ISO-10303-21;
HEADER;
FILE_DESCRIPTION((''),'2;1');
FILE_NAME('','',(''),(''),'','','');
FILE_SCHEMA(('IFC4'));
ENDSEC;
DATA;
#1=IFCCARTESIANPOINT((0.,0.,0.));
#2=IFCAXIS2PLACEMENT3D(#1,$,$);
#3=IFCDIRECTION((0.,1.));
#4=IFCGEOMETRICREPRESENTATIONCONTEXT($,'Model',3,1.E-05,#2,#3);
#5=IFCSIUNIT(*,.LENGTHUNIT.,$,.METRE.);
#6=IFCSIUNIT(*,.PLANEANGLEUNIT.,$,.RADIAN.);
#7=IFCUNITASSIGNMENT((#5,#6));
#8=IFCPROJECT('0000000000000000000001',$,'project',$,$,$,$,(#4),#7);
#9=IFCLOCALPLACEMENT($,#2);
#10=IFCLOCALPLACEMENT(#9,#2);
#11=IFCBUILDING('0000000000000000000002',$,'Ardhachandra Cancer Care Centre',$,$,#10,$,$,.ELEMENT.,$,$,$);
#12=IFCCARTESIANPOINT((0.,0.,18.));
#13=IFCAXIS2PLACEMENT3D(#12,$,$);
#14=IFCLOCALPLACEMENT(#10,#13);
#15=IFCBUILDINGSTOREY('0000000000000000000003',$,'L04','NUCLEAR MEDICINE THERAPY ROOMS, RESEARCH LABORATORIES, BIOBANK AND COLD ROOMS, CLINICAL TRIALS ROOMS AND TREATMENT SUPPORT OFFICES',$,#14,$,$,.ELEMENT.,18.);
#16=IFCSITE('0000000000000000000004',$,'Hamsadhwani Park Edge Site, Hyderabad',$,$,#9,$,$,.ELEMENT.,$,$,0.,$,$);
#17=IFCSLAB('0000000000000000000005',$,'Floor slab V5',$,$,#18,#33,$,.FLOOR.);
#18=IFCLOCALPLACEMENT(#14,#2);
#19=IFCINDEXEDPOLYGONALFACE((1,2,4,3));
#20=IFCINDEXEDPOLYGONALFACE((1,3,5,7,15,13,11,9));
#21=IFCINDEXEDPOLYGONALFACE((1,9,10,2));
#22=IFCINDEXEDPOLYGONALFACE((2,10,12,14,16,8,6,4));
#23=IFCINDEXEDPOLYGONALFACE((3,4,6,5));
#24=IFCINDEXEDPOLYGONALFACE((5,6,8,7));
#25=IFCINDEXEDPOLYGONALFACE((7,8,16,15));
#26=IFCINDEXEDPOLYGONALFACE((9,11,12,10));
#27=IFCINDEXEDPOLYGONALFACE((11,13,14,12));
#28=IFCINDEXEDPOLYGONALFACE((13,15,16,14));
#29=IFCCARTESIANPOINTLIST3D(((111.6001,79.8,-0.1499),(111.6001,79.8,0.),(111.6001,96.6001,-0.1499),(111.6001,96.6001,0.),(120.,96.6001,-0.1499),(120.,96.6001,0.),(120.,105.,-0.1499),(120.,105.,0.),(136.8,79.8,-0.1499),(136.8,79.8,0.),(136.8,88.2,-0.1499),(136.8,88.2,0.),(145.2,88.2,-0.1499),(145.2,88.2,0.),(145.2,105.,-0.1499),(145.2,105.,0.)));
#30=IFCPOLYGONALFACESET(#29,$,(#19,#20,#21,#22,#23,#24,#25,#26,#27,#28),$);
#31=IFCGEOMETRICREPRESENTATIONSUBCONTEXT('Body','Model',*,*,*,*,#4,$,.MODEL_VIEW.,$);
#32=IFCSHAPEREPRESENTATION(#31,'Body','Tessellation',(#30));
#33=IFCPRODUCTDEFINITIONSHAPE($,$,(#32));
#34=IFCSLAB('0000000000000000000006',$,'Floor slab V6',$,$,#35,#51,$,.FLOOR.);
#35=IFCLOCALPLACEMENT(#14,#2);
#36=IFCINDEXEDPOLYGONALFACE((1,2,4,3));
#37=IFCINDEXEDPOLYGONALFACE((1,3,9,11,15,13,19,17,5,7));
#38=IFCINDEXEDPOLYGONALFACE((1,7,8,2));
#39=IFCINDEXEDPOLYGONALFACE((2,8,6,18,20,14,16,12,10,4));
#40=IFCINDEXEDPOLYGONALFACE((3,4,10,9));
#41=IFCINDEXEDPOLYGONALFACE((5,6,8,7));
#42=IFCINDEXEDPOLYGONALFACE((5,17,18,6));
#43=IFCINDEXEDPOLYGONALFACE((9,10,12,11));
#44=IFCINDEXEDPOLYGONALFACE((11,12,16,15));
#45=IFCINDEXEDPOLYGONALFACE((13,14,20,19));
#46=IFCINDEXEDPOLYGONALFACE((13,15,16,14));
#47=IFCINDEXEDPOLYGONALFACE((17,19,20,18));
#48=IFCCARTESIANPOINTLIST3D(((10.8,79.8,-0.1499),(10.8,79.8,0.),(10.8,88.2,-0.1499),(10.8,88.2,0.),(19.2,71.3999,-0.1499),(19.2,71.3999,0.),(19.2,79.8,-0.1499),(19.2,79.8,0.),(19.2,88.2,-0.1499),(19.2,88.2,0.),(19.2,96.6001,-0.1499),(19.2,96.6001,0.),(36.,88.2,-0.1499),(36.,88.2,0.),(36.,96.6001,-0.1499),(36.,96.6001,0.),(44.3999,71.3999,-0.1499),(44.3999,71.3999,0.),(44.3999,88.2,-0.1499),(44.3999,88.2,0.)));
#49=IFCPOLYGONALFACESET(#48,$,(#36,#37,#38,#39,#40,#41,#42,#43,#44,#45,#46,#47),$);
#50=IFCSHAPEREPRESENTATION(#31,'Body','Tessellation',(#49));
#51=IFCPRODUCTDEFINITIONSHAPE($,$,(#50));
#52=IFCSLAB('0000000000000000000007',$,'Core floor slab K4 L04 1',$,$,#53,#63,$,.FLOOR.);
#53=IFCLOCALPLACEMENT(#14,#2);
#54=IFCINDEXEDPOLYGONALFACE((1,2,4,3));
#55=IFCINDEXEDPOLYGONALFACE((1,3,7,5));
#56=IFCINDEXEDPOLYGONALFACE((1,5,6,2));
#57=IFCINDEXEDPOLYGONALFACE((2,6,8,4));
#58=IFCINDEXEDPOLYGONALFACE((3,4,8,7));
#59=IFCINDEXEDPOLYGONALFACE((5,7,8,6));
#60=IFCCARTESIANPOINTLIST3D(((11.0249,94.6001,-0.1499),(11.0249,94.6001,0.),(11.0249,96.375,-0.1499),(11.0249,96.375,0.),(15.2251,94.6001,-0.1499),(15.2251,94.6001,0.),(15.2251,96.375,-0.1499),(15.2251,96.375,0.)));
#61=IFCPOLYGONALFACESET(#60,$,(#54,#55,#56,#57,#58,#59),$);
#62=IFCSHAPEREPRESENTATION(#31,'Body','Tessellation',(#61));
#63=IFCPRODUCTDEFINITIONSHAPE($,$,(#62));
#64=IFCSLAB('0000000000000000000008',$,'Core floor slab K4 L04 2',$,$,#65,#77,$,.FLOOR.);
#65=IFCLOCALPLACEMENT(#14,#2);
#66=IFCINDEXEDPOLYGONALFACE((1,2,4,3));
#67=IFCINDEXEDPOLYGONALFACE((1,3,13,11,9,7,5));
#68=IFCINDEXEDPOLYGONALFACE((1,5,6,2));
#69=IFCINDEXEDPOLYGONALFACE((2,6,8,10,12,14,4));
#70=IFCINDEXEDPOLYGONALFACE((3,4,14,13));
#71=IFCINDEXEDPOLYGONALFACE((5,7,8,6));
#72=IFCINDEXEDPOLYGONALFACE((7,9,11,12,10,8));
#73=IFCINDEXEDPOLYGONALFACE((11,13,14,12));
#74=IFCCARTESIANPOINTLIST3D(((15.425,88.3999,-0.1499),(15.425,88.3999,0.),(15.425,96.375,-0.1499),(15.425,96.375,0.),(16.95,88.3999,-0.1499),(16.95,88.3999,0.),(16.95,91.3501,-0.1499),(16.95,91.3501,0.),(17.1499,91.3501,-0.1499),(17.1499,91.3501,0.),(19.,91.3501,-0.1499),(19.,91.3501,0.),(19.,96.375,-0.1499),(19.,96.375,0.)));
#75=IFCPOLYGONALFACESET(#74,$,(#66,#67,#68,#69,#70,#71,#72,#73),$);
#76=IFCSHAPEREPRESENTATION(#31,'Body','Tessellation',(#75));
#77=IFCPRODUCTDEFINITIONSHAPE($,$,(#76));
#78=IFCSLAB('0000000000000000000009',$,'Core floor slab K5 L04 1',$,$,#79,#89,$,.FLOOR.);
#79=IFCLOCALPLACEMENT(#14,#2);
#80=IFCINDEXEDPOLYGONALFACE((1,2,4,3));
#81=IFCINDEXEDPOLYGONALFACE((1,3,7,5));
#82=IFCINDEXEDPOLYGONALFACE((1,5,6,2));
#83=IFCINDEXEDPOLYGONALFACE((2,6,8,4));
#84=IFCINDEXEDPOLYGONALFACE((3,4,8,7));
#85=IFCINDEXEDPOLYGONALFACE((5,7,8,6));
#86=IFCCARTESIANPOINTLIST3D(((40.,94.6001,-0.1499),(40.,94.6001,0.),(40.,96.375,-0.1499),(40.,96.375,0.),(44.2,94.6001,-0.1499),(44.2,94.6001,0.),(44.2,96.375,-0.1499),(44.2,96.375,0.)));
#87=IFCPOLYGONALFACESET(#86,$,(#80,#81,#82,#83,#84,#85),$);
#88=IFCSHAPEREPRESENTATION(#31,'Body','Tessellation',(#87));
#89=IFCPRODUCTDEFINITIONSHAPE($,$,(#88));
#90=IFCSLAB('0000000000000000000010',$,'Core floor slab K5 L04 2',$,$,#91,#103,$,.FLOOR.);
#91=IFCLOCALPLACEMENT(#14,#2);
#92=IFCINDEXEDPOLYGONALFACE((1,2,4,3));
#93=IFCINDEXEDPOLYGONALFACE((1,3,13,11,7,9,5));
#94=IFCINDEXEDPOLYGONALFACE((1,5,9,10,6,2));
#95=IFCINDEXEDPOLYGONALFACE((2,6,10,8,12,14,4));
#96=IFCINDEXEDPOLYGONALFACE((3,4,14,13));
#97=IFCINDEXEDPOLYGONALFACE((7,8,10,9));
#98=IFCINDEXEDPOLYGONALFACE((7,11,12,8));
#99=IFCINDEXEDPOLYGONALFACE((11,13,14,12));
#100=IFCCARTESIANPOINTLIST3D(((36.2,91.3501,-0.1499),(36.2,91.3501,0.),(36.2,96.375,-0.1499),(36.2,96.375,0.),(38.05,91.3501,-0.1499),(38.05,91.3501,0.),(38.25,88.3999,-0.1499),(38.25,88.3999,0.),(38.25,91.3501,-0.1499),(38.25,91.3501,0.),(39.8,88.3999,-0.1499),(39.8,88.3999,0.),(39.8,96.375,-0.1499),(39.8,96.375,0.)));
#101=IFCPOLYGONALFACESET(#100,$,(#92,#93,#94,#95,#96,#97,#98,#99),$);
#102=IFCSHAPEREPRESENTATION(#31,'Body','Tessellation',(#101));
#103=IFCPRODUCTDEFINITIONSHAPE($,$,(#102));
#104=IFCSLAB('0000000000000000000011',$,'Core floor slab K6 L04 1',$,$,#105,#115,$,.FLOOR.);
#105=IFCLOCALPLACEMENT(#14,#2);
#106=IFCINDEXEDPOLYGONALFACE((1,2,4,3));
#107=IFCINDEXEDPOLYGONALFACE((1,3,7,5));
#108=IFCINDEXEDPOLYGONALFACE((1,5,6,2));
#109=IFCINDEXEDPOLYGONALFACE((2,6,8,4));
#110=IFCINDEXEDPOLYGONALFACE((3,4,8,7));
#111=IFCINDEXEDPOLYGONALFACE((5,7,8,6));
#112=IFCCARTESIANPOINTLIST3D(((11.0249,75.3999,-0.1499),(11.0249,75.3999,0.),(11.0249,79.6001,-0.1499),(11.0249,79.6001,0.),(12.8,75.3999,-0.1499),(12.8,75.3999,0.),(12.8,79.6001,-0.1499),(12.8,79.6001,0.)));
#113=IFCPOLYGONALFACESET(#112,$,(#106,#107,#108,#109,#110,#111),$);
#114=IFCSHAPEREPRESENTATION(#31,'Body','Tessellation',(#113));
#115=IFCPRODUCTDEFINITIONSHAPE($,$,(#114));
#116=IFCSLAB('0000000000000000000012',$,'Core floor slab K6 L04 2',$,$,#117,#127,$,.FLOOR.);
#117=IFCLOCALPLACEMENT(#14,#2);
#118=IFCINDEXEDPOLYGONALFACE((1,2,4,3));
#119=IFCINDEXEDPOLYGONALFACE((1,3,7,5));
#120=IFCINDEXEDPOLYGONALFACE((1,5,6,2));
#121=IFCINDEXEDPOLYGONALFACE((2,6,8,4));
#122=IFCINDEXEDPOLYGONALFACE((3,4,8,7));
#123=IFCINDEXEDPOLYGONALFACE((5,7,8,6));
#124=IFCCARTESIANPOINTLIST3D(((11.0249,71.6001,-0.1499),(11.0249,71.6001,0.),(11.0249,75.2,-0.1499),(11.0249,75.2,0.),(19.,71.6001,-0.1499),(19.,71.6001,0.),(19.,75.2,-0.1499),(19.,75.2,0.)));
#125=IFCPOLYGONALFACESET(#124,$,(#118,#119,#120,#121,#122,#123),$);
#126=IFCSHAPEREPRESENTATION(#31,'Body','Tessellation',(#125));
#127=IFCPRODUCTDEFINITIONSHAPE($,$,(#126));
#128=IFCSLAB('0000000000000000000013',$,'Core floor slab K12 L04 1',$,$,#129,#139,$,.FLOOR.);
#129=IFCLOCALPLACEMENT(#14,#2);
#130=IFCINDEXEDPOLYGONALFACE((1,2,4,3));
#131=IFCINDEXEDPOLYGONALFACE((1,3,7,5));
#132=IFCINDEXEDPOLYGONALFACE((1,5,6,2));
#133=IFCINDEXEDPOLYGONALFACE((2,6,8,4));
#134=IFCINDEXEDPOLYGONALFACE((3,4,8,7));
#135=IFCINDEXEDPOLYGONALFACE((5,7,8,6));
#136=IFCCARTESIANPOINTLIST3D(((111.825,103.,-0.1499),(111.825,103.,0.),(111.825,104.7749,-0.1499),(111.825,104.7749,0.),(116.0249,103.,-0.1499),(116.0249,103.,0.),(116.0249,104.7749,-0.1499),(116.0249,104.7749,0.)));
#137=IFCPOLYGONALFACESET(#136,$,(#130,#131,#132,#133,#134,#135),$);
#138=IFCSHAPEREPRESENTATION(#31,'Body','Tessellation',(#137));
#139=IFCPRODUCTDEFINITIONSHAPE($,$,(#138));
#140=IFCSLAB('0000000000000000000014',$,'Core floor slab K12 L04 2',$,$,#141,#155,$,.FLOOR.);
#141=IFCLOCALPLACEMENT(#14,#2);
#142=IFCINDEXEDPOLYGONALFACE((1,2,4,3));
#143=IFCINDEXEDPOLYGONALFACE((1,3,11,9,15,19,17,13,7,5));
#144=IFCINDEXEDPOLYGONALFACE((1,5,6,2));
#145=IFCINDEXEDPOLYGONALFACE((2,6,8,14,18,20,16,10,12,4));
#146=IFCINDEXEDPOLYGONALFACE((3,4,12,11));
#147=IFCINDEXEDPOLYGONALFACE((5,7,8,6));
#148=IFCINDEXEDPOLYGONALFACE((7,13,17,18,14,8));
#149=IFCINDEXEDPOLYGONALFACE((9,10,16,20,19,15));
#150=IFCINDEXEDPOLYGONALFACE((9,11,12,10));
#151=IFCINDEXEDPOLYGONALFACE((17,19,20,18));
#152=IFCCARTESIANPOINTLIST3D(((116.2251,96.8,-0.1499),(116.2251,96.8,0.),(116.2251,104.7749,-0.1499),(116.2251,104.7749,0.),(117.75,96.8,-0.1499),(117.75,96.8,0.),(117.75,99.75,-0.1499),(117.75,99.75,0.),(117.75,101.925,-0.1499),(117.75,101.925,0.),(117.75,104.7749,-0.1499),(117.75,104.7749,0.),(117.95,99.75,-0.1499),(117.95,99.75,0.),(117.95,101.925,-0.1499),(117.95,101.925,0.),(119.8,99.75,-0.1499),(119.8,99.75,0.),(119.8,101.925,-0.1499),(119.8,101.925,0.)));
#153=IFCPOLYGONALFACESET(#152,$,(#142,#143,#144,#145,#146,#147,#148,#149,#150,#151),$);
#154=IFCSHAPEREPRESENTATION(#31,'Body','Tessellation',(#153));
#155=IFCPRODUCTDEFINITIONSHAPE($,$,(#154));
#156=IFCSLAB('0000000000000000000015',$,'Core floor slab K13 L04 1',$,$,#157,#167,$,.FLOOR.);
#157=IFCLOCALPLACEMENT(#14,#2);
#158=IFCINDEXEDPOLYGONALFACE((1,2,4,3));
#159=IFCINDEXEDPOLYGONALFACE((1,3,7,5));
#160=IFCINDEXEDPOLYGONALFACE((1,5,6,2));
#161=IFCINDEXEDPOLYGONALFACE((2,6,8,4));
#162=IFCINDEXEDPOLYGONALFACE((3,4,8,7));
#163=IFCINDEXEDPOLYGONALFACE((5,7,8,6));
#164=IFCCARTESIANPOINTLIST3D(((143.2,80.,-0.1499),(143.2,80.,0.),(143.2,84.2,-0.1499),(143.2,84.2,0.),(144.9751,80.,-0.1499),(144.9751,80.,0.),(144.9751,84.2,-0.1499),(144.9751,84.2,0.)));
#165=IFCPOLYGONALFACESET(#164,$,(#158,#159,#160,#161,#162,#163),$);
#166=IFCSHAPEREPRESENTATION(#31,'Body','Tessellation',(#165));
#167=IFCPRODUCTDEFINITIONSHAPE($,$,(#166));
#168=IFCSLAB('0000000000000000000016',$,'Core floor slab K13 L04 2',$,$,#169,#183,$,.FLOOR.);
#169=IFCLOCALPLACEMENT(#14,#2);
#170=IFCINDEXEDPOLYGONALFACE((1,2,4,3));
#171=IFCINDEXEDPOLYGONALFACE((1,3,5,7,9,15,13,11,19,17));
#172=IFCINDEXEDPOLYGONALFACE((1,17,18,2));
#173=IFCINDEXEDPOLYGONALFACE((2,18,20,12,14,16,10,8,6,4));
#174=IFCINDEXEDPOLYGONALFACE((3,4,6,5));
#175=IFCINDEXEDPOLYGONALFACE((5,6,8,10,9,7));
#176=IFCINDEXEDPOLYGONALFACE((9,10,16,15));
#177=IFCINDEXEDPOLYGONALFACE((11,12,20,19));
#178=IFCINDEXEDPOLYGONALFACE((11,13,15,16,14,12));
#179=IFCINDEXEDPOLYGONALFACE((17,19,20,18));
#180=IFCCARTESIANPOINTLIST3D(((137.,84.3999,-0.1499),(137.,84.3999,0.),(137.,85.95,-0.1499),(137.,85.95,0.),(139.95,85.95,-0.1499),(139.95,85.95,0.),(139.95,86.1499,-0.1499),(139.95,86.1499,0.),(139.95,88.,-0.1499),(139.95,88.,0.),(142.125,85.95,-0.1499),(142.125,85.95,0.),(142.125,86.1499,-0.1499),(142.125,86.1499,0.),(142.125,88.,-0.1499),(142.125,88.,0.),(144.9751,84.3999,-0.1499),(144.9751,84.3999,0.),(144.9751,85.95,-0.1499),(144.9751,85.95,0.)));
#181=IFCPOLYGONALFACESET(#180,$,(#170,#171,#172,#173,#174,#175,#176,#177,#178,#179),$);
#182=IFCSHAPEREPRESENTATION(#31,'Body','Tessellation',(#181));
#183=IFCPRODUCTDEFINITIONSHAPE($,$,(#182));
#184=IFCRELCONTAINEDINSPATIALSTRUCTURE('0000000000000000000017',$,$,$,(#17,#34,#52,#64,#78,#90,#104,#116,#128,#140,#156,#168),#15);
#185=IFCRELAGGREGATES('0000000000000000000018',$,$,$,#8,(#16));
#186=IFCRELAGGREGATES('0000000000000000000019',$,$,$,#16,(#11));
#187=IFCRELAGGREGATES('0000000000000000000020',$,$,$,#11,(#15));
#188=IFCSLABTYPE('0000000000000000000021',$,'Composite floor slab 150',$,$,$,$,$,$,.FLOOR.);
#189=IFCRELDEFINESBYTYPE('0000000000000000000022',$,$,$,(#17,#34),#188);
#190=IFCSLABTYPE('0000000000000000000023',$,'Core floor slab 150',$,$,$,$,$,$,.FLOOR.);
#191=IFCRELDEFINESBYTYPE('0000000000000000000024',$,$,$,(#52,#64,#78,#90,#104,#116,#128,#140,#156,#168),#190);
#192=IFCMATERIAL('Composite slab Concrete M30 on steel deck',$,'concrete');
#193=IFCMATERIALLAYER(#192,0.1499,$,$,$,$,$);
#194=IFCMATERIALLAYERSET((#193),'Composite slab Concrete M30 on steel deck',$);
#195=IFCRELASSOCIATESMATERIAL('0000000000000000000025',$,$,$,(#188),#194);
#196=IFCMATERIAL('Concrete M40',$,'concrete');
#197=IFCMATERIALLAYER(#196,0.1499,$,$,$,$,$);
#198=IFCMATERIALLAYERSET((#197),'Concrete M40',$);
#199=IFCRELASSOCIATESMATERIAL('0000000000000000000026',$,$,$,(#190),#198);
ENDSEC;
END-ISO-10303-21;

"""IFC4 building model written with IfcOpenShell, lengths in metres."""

from ifc_helpers import new_model, si_unit, direction, frame, origin, place, context, subcontext, project, spatial, polyline, outline, extrude, material, layer, layer_set, type_object, element, save


model = new_model("IFC4")

# Units and contexts
model_context = context("Model", 3, precision=1e-05, world=origin(), true_north=direction((0.0, 1.0)))
body_context = subcontext(model_context, "Body", "Model", "MODEL_VIEW")
ifc_project = project(units=[si_unit("LENGTHUNIT", "METRE"), si_unit("PLANEANGLEUNIT", "RADIAN")], contexts=[model_context])

# Site, building, storey
site_placement = place(None, origin())
site = spatial("IfcSite", under=ifc_project, at=site_placement, Name="Hamsadhwani Park Edge Site, Hyderabad", CompositionType="ELEMENT", RefElevation=0.0)
building_placement = place(site_placement, origin())
building = spatial("IfcBuilding", under=site, at=building_placement, Name="Ardhachandra Cancer Care Centre", CompositionType="ELEMENT")
storey_placement = place(building_placement, frame((0.0, 0.0, 18.0)))
storey = spatial("IfcBuildingStorey", under=building, at=storey_placement, Name="L04", Description="NUCLEAR MEDICINE THERAPY ROOMS, RESEARCH LABORATORIES, BIOBANK AND COLD ROOMS, CLINICAL TRIALS ROOMS AND TREATMENT SUPPORT OFFICES", CompositionType="ELEMENT", Elevation=18.0)

# Slabs
ifc_material_1 = material(Name="Composite slab Concrete M30 on steel deck", Category="concrete")
ifc_layer_1 = layer(ifc_material_1, 0.1499)
ifc_layer_set_1 = layer_set([ifc_layer_1], Name="Composite slab Concrete M30 on steel deck")
slab_type_1 = type_object("IfcSlabType", Name="Composite floor slab 150", PredefinedType="FLOOR", material=ifc_layer_set_1)
slab_1_placement = place(storey_placement, frame((0.0, 0.0, -0.1499)))
element("IfcSlab", 1, at=slab_1_placement, inside=storey, type_object=slab_type_1, Name="Floor slab V5", PredefinedType="FLOOR", context=body_context, shape_type="SweptSolid", body=[
    extrude(outline(polyline([(120.0, 105.0), (120.0, 96.6001), (111.6001, 96.6001), (111.6001, 79.8), (136.8, 79.8), (136.8, 88.2), (145.2, 88.2), (145.2, 105.0), (120.0, 105.0)])), origin(), (0.0, 0.0, 1.0), 0.1499),
])
slab_2_placement = place(storey_placement, frame((0.0, 0.0, -0.1499)))
element("IfcSlab", 2, at=slab_2_placement, inside=storey, type_object=slab_type_1, Name="Floor slab V6", PredefinedType="FLOOR", context=body_context, shape_type="SweptSolid", body=[
    extrude(outline(polyline([(44.3999, 88.2), (36.0, 88.2), (36.0, 96.6001), (19.2, 96.6001), (19.2, 88.2), (10.8, 88.2), (10.8, 79.8), (19.2, 79.8), (19.2, 71.3999), (44.3999, 71.3999), (44.3999, 88.2)])), origin(), (0.0, 0.0, 1.0), 0.1499),
])
ifc_material_2 = material(Name="Concrete M40", Category="concrete")
ifc_layer_2 = layer(ifc_material_2, 0.1499)
ifc_layer_set_2 = layer_set([ifc_layer_2], Name="Concrete M40")
slab_type_2 = type_object("IfcSlabType", Name="Core floor slab 150", PredefinedType="FLOOR", material=ifc_layer_set_2)
slab_3_placement = place(storey_placement, frame((0.0, 0.0, -0.1499)))
element("IfcSlab", 3, at=slab_3_placement, inside=storey, type_object=slab_type_2, Name="Core floor slab K4 L04 1", PredefinedType="FLOOR", context=body_context, shape_type="SweptSolid", body=[
    extrude(outline(polyline([(11.0249, 96.375), (15.2251, 96.375), (15.2251, 94.6001), (11.0249, 94.6001), (11.0249, 96.375)])), origin(), (0.0, 0.0, 1.0), 0.1499),
])
slab_4_placement = place(storey_placement, frame((0.0, 0.0, -0.1499)))
element("IfcSlab", 4, at=slab_4_placement, inside=storey, type_object=slab_type_2, Name="Core floor slab K4 L04 2", PredefinedType="FLOOR", context=body_context, shape_type="SweptSolid", body=[
    extrude(outline(polyline([(19.0, 96.375), (19.0, 91.3501), (17.1499, 91.3501), (16.95, 91.3501), (16.95, 88.3999), (15.425, 88.3999), (15.425, 96.375), (19.0, 96.375)])), origin(), (0.0, 0.0, 1.0), 0.1499),
])
slab_5_placement = place(storey_placement, frame((0.0, 0.0, -0.1499)))
element("IfcSlab", 5, at=slab_5_placement, inside=storey, type_object=slab_type_2, Name="Core floor slab K5 L04 1", PredefinedType="FLOOR", context=body_context, shape_type="SweptSolid", body=[
    extrude(outline(polyline([(44.2, 96.375), (40.0, 96.375), (40.0, 94.6001), (44.2, 94.6001), (44.2, 96.375)])), origin(), (0.0, 0.0, 1.0), 0.1499),
])
slab_6_placement = place(storey_placement, frame((0.0, 0.0, -0.1499)))
element("IfcSlab", 6, at=slab_6_placement, inside=storey, type_object=slab_type_2, Name="Core floor slab K5 L04 2", PredefinedType="FLOOR", context=body_context, shape_type="SweptSolid", body=[
    extrude(outline(polyline([(36.2, 96.375), (36.2, 91.3501), (38.05, 91.3501), (38.25, 91.3501), (38.25, 88.3999), (39.8, 88.3999), (39.8, 96.375), (36.2, 96.375)])), origin(), (0.0, 0.0, 1.0), 0.1499),
])
slab_7_placement = place(storey_placement, frame((0.0, 0.0, -0.1499)))
element("IfcSlab", 7, at=slab_7_placement, inside=storey, type_object=slab_type_2, Name="Core floor slab K6 L04 1", PredefinedType="FLOOR", context=body_context, shape_type="SweptSolid", body=[
    extrude(outline(polyline([(11.0249, 79.6001), (11.0249, 75.3999), (12.8, 75.3999), (12.8, 79.6001), (11.0249, 79.6001)])), origin(), (0.0, 0.0, 1.0), 0.1499),
])
slab_8_placement = place(storey_placement, frame((0.0, 0.0, -0.1499)))
element("IfcSlab", 8, at=slab_8_placement, inside=storey, type_object=slab_type_2, Name="Core floor slab K6 L04 2", PredefinedType="FLOOR", context=body_context, shape_type="SweptSolid", body=[
    extrude(outline(polyline([(11.0249, 71.6001), (19.0, 71.6001), (19.0, 75.2), (11.0249, 75.2), (11.0249, 71.6001)])), origin(), (0.0, 0.0, 1.0), 0.1499),
])
slab_9_placement = place(storey_placement, frame((0.0, 0.0, -0.1499)))
element("IfcSlab", 9, at=slab_9_placement, inside=storey, type_object=slab_type_2, Name="Core floor slab K12 L04 1", PredefinedType="FLOOR", context=body_context, shape_type="SweptSolid", body=[
    extrude(outline(polyline([(111.825, 104.7749), (116.0249, 104.7749), (116.0249, 103.0), (111.825, 103.0), (111.825, 104.7749)])), origin(), (0.0, 0.0, 1.0), 0.1499),
])
slab_10_placement = place(storey_placement, frame((0.0, 0.0, -0.1499)))
element("IfcSlab", 10, at=slab_10_placement, inside=storey, type_object=slab_type_2, Name="Core floor slab K12 L04 2", PredefinedType="FLOOR", context=body_context, shape_type="SweptSolid", body=[
    extrude(outline(polyline([(119.8, 99.75), (117.95, 99.75), (117.75, 99.75), (117.75, 96.8), (116.2251, 96.8), (116.2251, 104.7749), (117.75, 104.7749), (117.75, 101.925), (117.95, 101.925), (119.8, 101.925), (119.8, 99.75)])), origin(), (0.0, 0.0, 1.0), 0.1499),
])
slab_11_placement = place(storey_placement, frame((0.0, 0.0, -0.1499)))
element("IfcSlab", 11, at=slab_11_placement, inside=storey, type_object=slab_type_2, Name="Core floor slab K13 L04 1", PredefinedType="FLOOR", context=body_context, shape_type="SweptSolid", body=[
    extrude(outline(polyline([(144.9751, 80.0), (144.9751, 84.2), (143.2, 84.2), (143.2, 80.0), (144.9751, 80.0)])), origin(), (0.0, 0.0, 1.0), 0.1499),
])
slab_12_placement = place(storey_placement, frame((0.0, 0.0, -0.1499)))
element("IfcSlab", 12, at=slab_12_placement, inside=storey, type_object=slab_type_2, Name="Core floor slab K13 L04 2", PredefinedType="FLOOR", context=body_context, shape_type="SweptSolid", body=[
    extrude(outline(polyline([(139.95, 88.0), (139.95, 86.1499), (139.95, 85.95), (137.0, 85.95), (137.0, 84.3999), (144.9751, 84.3999), (144.9751, 85.95), (142.125, 85.95), (142.125, 86.1499), (142.125, 88.0), (139.95, 88.0)])), origin(), (0.0, 0.0, 1.0), 0.1499),
])

save(model, "model.ifc")
